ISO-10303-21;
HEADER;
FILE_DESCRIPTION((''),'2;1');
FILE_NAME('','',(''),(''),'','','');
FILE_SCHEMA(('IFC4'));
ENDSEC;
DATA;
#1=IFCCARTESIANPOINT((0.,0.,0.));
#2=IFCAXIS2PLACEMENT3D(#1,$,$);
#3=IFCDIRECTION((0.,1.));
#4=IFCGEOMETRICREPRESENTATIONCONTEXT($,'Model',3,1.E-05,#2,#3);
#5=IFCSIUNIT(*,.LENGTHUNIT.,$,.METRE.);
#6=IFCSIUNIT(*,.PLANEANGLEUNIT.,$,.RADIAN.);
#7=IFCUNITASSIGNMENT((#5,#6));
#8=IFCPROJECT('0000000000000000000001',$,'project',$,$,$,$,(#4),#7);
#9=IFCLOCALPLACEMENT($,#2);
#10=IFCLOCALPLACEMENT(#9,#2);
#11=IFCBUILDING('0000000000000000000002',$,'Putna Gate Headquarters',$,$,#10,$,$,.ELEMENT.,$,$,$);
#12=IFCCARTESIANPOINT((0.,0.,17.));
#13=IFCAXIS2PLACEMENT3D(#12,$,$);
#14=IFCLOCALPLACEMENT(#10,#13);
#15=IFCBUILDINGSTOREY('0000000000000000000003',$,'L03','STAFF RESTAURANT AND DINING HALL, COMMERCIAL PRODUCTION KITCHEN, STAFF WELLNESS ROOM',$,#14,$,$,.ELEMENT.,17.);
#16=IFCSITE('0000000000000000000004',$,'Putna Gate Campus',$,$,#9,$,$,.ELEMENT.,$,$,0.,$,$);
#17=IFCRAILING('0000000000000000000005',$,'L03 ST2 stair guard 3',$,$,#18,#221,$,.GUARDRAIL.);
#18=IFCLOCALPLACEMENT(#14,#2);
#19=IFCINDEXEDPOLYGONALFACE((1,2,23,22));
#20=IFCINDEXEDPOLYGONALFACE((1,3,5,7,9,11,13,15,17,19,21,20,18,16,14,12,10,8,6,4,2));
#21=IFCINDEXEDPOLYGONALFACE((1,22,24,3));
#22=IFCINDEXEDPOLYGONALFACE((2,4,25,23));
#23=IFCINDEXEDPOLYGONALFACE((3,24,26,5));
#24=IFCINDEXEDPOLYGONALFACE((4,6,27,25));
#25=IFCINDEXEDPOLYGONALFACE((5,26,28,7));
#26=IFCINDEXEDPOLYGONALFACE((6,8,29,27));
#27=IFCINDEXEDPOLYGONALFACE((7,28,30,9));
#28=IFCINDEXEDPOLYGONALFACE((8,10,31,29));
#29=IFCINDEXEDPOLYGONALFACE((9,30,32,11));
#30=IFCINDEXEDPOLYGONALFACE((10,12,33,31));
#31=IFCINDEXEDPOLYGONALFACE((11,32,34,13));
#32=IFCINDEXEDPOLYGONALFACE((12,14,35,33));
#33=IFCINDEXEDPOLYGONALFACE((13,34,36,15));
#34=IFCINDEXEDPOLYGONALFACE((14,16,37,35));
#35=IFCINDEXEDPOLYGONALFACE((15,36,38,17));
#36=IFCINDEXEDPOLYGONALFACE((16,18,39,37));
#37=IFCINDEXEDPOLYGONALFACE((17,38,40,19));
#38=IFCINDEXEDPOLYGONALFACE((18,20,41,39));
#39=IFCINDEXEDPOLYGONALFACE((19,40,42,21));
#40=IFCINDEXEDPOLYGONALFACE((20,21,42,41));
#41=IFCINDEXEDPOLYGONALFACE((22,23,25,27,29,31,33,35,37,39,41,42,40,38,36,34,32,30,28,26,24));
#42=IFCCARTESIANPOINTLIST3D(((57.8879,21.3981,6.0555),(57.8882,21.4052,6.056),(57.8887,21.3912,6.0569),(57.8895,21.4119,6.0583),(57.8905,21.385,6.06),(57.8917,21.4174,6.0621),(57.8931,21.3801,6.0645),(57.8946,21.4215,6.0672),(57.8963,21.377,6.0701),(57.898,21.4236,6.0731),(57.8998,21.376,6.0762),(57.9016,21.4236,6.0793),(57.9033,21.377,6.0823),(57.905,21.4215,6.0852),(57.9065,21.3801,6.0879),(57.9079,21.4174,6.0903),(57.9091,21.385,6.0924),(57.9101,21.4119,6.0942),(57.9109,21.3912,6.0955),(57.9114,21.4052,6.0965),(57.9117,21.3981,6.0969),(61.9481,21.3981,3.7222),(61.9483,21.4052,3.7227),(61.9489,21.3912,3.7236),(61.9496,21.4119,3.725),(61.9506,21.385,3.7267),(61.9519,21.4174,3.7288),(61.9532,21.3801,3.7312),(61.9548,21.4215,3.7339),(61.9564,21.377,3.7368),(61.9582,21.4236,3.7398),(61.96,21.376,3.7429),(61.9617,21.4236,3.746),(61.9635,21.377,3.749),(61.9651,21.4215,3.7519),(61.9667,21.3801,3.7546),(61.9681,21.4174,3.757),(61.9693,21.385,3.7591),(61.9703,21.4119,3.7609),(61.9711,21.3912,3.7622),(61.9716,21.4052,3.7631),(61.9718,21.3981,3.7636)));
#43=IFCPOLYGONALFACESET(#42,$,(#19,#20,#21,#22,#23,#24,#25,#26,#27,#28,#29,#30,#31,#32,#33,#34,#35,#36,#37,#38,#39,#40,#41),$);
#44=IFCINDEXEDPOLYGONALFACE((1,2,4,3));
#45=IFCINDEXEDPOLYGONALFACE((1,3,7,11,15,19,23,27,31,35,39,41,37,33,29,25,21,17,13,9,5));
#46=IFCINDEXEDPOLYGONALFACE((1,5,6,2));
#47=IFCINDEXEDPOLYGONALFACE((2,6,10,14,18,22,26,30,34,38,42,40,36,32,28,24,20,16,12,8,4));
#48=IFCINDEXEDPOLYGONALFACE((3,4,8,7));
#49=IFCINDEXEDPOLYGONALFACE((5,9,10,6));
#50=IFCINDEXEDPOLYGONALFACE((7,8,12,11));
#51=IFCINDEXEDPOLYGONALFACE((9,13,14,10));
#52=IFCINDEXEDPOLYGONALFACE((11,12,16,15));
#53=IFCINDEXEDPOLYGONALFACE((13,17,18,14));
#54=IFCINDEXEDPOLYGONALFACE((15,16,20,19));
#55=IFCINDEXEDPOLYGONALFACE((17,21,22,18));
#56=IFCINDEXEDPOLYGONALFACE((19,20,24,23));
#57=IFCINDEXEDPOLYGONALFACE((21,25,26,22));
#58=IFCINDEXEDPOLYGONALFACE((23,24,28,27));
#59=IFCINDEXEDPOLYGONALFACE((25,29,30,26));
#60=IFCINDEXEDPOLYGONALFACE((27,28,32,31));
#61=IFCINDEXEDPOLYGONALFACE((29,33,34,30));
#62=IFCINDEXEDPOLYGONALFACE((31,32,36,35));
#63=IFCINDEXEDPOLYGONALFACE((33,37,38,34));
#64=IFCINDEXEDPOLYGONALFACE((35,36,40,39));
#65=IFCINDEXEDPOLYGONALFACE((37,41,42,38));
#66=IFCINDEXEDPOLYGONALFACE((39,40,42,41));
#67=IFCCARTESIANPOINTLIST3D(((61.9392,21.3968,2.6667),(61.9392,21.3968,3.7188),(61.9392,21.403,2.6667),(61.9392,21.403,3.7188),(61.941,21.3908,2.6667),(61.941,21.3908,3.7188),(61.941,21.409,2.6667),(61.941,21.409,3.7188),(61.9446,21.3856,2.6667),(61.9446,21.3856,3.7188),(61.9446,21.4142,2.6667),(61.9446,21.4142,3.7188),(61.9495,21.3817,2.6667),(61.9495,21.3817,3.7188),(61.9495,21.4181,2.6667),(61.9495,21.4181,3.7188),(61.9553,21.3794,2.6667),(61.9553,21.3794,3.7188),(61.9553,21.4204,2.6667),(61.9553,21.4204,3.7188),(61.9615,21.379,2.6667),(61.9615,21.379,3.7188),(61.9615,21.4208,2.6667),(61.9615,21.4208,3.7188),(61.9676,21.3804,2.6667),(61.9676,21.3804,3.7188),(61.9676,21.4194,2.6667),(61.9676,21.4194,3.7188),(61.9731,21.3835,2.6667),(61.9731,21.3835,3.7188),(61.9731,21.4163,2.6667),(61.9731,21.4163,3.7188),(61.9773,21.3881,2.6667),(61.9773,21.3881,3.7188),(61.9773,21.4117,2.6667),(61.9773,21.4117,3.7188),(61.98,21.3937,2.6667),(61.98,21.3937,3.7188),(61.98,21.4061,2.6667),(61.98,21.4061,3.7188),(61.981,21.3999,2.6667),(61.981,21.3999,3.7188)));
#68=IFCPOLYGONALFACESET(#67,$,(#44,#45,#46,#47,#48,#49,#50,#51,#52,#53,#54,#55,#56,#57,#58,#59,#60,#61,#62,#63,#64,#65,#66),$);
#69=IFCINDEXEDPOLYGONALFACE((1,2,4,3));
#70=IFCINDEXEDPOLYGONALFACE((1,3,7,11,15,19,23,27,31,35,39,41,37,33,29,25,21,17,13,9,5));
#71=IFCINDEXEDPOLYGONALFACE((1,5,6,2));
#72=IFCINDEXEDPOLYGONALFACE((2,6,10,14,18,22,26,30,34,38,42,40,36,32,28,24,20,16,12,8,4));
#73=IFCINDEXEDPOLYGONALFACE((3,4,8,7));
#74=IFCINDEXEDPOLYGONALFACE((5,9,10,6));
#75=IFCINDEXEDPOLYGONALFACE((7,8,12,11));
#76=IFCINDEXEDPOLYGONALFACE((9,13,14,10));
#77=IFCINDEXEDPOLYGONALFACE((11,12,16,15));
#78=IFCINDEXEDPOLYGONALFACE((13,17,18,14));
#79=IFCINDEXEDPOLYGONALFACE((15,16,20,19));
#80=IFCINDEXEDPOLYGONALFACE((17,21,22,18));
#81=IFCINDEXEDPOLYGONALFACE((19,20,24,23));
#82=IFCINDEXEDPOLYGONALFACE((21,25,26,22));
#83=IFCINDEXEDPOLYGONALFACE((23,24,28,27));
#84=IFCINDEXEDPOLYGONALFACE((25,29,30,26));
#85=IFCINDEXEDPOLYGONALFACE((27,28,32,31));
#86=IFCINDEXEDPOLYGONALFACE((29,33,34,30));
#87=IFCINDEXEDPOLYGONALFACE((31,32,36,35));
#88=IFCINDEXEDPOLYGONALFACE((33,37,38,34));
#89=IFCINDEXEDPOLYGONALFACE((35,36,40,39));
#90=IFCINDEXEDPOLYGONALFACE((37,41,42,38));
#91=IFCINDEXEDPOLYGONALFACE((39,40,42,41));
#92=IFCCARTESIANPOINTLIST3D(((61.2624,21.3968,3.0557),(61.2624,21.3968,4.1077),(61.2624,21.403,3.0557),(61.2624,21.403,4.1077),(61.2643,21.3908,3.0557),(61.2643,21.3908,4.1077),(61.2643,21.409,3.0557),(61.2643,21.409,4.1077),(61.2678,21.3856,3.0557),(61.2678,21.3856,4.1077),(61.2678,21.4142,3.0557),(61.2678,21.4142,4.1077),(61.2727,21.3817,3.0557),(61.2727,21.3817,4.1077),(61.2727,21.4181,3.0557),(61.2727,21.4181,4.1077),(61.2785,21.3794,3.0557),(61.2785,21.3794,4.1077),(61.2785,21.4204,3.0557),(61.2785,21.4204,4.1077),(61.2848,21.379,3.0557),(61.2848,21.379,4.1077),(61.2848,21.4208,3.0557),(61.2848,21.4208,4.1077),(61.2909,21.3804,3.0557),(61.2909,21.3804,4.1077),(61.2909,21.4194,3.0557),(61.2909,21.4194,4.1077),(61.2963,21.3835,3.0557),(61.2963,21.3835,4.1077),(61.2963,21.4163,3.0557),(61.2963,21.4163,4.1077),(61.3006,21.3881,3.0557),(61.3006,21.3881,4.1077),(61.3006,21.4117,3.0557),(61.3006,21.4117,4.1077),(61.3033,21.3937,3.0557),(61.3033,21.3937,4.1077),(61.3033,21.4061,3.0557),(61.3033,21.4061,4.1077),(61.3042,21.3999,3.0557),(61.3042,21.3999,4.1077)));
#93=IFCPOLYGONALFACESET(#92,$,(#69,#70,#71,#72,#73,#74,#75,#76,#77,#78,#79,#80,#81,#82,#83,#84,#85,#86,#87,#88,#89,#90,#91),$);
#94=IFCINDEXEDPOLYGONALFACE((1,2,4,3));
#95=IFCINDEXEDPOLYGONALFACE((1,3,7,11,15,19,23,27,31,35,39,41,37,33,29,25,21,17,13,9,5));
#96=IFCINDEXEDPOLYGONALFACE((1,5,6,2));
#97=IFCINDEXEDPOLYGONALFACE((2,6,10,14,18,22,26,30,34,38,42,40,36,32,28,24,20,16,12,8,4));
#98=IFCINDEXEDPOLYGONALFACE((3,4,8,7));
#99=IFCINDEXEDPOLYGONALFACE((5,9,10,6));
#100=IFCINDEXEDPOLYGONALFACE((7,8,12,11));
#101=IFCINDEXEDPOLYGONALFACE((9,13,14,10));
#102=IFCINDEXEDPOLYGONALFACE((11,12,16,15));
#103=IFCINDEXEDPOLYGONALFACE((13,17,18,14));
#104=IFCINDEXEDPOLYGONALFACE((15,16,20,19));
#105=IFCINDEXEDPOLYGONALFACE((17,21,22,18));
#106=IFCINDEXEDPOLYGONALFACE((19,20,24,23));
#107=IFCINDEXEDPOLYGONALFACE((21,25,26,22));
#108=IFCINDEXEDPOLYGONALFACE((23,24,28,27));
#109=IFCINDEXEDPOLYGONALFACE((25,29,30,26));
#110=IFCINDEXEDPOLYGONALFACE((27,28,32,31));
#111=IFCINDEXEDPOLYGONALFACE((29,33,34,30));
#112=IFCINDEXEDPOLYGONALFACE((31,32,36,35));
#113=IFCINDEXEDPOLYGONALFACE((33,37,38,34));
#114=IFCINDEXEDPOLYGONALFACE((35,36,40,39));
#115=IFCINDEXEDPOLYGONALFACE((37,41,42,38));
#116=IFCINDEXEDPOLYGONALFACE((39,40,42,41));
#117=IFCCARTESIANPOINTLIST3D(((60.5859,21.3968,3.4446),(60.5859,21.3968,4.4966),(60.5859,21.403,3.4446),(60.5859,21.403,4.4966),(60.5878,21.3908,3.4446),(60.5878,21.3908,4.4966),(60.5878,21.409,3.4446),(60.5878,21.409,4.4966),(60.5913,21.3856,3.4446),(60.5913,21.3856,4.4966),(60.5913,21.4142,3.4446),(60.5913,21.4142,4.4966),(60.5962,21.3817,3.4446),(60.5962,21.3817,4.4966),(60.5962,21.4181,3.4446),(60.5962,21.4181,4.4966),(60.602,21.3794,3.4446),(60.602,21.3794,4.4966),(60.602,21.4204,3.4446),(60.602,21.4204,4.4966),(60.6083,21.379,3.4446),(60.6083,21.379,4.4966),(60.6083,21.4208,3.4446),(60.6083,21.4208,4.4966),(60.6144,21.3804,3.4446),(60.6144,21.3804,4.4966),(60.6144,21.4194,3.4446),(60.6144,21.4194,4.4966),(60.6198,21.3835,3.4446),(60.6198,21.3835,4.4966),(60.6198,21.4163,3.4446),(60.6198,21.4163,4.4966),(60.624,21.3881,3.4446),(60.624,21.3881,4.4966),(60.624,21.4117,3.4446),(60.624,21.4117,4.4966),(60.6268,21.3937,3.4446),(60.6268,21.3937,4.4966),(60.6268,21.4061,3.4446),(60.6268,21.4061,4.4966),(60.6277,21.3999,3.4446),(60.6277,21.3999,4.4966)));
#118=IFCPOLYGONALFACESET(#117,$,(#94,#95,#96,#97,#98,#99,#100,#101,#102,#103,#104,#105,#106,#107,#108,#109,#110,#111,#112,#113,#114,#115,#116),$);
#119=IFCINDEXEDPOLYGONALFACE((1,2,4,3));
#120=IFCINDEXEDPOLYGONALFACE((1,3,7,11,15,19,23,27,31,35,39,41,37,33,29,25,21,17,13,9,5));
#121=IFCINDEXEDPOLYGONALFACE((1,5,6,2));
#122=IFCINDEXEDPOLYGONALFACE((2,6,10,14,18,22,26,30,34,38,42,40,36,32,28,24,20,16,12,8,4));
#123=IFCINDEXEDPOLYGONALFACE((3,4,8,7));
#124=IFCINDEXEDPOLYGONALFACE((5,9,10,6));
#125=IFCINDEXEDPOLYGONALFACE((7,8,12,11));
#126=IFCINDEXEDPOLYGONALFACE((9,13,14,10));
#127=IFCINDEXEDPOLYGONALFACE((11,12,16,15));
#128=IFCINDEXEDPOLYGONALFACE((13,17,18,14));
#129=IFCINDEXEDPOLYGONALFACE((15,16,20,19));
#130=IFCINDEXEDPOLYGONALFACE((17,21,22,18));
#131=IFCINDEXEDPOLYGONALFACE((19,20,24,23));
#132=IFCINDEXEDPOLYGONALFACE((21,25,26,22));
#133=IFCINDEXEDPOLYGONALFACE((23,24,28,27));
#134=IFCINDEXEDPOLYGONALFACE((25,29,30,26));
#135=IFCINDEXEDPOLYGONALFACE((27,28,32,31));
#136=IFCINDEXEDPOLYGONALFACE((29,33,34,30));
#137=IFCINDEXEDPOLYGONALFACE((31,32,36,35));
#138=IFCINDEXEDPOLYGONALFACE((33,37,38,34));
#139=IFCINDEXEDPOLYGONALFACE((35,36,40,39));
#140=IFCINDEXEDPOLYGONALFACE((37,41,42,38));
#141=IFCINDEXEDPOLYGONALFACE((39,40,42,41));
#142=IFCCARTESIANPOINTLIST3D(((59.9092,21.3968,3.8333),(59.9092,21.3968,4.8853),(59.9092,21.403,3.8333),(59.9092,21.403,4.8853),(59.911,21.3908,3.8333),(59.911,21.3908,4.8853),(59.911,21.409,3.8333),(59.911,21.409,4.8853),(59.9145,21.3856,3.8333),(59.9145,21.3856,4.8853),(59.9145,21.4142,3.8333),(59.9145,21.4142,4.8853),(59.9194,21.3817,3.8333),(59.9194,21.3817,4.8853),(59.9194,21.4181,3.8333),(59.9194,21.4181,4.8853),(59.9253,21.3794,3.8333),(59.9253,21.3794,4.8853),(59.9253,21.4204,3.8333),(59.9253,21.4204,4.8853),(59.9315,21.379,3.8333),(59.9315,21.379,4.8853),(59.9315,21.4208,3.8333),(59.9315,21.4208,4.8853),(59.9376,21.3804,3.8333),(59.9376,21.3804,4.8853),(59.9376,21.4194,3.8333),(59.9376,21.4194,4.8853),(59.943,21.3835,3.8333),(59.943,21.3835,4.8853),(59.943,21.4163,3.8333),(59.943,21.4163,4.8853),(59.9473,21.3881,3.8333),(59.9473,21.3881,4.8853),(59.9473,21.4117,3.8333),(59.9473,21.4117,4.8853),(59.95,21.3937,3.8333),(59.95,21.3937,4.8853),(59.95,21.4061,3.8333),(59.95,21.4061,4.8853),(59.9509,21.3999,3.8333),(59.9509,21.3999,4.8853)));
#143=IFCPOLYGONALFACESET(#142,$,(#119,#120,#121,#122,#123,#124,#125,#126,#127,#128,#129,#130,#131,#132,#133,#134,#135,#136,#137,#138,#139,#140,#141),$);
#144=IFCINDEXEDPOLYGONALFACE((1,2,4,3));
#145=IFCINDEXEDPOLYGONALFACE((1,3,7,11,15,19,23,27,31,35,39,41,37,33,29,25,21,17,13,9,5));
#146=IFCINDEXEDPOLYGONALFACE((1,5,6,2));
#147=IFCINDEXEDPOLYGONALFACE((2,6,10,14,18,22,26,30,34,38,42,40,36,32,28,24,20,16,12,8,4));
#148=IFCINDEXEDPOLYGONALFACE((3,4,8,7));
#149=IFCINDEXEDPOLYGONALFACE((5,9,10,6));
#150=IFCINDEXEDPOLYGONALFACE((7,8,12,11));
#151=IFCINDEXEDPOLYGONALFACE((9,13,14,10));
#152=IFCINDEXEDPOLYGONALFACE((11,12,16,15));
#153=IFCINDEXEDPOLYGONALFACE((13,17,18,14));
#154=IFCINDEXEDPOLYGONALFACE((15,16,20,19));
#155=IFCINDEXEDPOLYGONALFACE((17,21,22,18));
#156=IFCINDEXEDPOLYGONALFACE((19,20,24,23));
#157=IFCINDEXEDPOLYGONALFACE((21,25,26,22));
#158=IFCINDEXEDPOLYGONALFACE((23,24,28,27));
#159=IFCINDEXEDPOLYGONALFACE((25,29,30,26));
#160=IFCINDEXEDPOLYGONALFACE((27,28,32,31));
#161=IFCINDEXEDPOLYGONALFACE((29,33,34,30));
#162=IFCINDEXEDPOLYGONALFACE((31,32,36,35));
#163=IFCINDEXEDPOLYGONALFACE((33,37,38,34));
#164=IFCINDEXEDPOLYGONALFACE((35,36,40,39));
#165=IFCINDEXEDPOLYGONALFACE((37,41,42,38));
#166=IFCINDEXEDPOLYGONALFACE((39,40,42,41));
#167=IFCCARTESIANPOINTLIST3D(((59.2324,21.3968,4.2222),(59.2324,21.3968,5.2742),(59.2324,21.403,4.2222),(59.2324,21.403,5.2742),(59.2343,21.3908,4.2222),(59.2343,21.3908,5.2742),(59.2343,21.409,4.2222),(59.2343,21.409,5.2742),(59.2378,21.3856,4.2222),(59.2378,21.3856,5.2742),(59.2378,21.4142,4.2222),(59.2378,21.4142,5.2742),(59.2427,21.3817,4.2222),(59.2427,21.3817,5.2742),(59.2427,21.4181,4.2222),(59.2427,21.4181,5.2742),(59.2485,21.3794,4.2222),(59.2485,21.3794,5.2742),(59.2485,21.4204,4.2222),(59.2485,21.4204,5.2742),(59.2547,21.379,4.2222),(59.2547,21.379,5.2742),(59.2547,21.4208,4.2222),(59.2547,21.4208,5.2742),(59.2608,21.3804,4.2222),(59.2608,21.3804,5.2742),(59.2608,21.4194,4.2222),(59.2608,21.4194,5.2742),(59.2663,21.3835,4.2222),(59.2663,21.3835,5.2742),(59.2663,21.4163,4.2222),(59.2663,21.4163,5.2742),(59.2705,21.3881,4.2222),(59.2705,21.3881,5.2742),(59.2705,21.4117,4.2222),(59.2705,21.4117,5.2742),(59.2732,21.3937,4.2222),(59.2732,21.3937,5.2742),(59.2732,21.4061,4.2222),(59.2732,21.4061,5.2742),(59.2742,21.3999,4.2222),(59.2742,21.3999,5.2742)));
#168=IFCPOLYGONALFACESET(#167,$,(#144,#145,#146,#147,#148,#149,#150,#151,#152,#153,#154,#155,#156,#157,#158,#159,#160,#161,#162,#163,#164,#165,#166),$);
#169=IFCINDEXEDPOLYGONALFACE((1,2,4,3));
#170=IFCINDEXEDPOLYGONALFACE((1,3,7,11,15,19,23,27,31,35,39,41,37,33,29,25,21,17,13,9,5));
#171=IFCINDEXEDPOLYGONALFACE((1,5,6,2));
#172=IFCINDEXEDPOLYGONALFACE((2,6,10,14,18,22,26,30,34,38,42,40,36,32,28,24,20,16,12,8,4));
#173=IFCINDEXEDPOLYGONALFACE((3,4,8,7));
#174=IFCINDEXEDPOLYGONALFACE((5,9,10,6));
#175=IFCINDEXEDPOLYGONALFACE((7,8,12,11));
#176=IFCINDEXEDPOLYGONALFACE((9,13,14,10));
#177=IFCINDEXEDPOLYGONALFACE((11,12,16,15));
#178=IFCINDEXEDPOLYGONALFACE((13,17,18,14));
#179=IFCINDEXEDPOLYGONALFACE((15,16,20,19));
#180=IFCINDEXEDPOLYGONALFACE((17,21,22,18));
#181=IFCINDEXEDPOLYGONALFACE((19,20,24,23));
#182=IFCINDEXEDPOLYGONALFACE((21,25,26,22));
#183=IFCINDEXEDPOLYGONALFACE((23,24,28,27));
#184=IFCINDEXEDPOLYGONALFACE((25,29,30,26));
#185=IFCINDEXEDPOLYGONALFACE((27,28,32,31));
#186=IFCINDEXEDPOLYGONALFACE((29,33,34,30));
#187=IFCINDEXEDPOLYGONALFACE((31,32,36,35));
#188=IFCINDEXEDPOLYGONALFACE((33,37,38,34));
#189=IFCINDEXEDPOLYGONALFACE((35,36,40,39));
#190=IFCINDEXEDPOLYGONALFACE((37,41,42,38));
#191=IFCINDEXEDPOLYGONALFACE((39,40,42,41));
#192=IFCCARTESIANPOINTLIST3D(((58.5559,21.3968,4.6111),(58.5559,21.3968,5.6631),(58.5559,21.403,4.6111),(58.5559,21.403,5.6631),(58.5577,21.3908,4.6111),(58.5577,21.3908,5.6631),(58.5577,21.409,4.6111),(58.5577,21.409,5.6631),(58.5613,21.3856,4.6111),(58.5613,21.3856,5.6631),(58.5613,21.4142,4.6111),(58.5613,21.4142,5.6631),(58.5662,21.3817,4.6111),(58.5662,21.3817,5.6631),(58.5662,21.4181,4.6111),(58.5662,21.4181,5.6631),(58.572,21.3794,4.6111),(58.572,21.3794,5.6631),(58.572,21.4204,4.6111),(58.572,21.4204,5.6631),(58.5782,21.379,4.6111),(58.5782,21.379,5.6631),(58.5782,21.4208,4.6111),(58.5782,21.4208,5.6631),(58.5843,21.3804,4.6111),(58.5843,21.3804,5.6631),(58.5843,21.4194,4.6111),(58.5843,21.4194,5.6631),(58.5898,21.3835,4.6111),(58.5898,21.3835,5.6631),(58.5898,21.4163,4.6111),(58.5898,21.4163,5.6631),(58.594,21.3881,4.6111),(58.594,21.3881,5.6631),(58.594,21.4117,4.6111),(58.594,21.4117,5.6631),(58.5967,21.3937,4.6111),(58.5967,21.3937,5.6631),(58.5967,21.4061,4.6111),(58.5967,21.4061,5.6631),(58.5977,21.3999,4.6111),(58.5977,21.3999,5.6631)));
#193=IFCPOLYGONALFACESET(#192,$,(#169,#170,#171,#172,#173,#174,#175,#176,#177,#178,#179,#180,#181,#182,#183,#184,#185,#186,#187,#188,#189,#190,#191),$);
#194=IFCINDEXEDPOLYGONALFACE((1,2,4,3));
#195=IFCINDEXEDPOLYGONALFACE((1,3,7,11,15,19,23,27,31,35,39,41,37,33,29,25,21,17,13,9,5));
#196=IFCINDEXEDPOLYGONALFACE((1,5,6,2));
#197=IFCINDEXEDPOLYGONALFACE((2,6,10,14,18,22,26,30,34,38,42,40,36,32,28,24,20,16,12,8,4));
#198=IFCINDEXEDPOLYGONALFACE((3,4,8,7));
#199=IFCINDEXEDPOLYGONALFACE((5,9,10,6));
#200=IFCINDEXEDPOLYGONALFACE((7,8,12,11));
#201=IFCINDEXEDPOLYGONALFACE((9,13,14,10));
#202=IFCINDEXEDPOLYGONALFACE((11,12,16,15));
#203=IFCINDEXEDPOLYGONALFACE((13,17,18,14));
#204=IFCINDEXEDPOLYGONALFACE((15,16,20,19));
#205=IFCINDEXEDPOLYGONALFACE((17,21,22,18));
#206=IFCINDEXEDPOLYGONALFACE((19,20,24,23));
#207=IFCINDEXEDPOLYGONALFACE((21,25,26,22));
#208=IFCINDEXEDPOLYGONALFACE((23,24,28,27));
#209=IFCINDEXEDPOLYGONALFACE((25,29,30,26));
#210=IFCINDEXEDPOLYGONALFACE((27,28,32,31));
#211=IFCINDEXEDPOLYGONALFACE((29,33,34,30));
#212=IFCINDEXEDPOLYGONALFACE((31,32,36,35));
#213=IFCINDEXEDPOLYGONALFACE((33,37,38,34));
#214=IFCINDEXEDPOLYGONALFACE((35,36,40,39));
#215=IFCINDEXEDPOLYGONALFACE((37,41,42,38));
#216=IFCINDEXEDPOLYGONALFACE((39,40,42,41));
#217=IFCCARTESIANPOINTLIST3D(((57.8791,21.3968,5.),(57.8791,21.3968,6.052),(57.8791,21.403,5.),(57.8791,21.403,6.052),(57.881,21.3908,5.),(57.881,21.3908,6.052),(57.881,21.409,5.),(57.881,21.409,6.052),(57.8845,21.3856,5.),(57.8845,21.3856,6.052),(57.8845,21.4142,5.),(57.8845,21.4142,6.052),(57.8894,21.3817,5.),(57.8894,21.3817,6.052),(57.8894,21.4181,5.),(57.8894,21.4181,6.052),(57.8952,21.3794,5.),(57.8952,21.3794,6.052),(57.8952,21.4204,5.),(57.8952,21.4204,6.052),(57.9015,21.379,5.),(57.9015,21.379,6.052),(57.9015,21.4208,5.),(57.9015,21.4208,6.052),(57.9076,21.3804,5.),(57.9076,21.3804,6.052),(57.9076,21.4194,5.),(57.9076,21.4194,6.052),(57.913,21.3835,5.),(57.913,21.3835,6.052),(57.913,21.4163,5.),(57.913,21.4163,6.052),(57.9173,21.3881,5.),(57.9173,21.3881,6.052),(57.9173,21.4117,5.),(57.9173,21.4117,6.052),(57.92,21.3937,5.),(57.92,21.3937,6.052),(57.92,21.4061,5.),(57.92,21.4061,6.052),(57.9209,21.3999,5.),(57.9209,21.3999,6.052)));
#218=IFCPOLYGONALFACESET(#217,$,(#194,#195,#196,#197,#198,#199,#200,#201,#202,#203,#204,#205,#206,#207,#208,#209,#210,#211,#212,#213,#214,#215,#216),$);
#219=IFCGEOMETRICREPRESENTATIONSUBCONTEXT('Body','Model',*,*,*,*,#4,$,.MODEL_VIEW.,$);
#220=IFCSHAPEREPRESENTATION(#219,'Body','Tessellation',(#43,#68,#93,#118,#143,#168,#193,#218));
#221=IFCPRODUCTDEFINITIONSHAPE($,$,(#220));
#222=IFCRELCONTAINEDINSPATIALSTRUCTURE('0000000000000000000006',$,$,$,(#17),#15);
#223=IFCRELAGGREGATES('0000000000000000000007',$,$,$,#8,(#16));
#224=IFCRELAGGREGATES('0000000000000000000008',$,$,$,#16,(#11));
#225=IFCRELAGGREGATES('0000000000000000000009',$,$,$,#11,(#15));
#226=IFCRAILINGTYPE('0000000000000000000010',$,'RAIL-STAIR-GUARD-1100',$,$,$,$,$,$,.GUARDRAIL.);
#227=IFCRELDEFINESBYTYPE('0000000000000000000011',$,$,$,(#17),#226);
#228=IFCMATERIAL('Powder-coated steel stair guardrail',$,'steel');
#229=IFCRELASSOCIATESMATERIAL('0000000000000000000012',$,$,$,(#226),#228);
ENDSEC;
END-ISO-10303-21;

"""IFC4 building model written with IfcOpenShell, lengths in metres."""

from ifc_helpers import new_model, si_unit, direction, frame, origin, origin_2d, place, context, subcontext, project, spatial, circle, extrude, material, type_object, element, save


model = new_model("IFC4")

# Units and contexts
model_context = context("Model", 3, precision=1e-05, world=origin(), true_north=direction((0.0, 1.0)))
body_context = subcontext(model_context, "Body", "Model", "MODEL_VIEW")
ifc_project = project(units=[si_unit("LENGTHUNIT", "METRE"), si_unit("PLANEANGLEUNIT", "RADIAN")], contexts=[model_context])

# Site, building, storey
site_placement = place(None, origin())
site = spatial("IfcSite", under=ifc_project, at=site_placement, Name="Putna Gate Campus", CompositionType="ELEMENT", RefElevation=0.0)
building_placement = place(site_placement, origin())
building = spatial("IfcBuilding", under=site, at=building_placement, Name="Putna Gate Headquarters", CompositionType="ELEMENT")
storey_placement = place(building_placement, frame((0.0, 0.0, 17.0)))
storey = spatial("IfcBuildingStorey", under=building, at=storey_placement, Name="L03", Description="STAFF RESTAURANT AND DINING HALL, COMMERCIAL PRODUCTION KITCHEN, STAFF WELLNESS ROOM", CompositionType="ELEMENT", Elevation=17.0)

# Railing
ifc_material_1 = material(Name="Powder-coated steel stair guardrail", Category="steel")
railing_type_1 = type_object("IfcRailingType", Name="RAIL-STAIR-GUARD-1100", PredefinedType="GUARDRAIL", material=ifc_material_1)
railing_1_placement = place(storey_placement, frame((61.96, 21.3999, 2.6667)))
element("IfcRailing", 1, at=railing_1_placement, inside=storey, type_object=railing_type_1, Name="L03 ST2 stair guard 3", PredefinedType="GUARDRAIL", context=body_context, shape_type="SweptSolid", body=[
    extrude(circle(Radius=0.0239, at=origin_2d()), frame((0.0, 0.0, 1.0762), z_axis=(-0.867025, 0.0, 0.498265), x_axis=(0.0, -1.0, 0.0)), (0.0, 0.0, 1.0), 4.6829),
    extrude(circle(Radius=0.021, at=origin_2d()), origin(), (0.0, 0.0, 1.0), 1.052),
    extrude(circle(Radius=0.021, at=origin_2d()), frame((-0.6768, 0.0, 0.3889)), (0.0, 0.0, 1.0), 1.052),
    extrude(circle(Radius=0.021, at=origin_2d()), frame((-1.3533, 0.0, 0.7778)), (0.0, 0.0, 1.0), 1.052),
    extrude(circle(Radius=0.021, at=origin_2d()), frame((-2.03, 0.0, 1.1665)), (0.0, 0.0, 1.0), 1.052),
    extrude(circle(Radius=0.021, at=origin_2d()), frame((-2.7068, 0.0, 1.5554)), (0.0, 0.0, 1.0), 1.052),
    extrude(circle(Radius=0.021, at=origin_2d()), frame((-3.3833, 0.0, 1.9443)), (0.0, 0.0, 1.0), 1.052),
    extrude(circle(Radius=0.021, at=origin_2d()), frame((-4.0601, 0.0, 2.3333)), (0.0, 0.0, 1.0), 1.052),
])

save(model, "model.ifc")
